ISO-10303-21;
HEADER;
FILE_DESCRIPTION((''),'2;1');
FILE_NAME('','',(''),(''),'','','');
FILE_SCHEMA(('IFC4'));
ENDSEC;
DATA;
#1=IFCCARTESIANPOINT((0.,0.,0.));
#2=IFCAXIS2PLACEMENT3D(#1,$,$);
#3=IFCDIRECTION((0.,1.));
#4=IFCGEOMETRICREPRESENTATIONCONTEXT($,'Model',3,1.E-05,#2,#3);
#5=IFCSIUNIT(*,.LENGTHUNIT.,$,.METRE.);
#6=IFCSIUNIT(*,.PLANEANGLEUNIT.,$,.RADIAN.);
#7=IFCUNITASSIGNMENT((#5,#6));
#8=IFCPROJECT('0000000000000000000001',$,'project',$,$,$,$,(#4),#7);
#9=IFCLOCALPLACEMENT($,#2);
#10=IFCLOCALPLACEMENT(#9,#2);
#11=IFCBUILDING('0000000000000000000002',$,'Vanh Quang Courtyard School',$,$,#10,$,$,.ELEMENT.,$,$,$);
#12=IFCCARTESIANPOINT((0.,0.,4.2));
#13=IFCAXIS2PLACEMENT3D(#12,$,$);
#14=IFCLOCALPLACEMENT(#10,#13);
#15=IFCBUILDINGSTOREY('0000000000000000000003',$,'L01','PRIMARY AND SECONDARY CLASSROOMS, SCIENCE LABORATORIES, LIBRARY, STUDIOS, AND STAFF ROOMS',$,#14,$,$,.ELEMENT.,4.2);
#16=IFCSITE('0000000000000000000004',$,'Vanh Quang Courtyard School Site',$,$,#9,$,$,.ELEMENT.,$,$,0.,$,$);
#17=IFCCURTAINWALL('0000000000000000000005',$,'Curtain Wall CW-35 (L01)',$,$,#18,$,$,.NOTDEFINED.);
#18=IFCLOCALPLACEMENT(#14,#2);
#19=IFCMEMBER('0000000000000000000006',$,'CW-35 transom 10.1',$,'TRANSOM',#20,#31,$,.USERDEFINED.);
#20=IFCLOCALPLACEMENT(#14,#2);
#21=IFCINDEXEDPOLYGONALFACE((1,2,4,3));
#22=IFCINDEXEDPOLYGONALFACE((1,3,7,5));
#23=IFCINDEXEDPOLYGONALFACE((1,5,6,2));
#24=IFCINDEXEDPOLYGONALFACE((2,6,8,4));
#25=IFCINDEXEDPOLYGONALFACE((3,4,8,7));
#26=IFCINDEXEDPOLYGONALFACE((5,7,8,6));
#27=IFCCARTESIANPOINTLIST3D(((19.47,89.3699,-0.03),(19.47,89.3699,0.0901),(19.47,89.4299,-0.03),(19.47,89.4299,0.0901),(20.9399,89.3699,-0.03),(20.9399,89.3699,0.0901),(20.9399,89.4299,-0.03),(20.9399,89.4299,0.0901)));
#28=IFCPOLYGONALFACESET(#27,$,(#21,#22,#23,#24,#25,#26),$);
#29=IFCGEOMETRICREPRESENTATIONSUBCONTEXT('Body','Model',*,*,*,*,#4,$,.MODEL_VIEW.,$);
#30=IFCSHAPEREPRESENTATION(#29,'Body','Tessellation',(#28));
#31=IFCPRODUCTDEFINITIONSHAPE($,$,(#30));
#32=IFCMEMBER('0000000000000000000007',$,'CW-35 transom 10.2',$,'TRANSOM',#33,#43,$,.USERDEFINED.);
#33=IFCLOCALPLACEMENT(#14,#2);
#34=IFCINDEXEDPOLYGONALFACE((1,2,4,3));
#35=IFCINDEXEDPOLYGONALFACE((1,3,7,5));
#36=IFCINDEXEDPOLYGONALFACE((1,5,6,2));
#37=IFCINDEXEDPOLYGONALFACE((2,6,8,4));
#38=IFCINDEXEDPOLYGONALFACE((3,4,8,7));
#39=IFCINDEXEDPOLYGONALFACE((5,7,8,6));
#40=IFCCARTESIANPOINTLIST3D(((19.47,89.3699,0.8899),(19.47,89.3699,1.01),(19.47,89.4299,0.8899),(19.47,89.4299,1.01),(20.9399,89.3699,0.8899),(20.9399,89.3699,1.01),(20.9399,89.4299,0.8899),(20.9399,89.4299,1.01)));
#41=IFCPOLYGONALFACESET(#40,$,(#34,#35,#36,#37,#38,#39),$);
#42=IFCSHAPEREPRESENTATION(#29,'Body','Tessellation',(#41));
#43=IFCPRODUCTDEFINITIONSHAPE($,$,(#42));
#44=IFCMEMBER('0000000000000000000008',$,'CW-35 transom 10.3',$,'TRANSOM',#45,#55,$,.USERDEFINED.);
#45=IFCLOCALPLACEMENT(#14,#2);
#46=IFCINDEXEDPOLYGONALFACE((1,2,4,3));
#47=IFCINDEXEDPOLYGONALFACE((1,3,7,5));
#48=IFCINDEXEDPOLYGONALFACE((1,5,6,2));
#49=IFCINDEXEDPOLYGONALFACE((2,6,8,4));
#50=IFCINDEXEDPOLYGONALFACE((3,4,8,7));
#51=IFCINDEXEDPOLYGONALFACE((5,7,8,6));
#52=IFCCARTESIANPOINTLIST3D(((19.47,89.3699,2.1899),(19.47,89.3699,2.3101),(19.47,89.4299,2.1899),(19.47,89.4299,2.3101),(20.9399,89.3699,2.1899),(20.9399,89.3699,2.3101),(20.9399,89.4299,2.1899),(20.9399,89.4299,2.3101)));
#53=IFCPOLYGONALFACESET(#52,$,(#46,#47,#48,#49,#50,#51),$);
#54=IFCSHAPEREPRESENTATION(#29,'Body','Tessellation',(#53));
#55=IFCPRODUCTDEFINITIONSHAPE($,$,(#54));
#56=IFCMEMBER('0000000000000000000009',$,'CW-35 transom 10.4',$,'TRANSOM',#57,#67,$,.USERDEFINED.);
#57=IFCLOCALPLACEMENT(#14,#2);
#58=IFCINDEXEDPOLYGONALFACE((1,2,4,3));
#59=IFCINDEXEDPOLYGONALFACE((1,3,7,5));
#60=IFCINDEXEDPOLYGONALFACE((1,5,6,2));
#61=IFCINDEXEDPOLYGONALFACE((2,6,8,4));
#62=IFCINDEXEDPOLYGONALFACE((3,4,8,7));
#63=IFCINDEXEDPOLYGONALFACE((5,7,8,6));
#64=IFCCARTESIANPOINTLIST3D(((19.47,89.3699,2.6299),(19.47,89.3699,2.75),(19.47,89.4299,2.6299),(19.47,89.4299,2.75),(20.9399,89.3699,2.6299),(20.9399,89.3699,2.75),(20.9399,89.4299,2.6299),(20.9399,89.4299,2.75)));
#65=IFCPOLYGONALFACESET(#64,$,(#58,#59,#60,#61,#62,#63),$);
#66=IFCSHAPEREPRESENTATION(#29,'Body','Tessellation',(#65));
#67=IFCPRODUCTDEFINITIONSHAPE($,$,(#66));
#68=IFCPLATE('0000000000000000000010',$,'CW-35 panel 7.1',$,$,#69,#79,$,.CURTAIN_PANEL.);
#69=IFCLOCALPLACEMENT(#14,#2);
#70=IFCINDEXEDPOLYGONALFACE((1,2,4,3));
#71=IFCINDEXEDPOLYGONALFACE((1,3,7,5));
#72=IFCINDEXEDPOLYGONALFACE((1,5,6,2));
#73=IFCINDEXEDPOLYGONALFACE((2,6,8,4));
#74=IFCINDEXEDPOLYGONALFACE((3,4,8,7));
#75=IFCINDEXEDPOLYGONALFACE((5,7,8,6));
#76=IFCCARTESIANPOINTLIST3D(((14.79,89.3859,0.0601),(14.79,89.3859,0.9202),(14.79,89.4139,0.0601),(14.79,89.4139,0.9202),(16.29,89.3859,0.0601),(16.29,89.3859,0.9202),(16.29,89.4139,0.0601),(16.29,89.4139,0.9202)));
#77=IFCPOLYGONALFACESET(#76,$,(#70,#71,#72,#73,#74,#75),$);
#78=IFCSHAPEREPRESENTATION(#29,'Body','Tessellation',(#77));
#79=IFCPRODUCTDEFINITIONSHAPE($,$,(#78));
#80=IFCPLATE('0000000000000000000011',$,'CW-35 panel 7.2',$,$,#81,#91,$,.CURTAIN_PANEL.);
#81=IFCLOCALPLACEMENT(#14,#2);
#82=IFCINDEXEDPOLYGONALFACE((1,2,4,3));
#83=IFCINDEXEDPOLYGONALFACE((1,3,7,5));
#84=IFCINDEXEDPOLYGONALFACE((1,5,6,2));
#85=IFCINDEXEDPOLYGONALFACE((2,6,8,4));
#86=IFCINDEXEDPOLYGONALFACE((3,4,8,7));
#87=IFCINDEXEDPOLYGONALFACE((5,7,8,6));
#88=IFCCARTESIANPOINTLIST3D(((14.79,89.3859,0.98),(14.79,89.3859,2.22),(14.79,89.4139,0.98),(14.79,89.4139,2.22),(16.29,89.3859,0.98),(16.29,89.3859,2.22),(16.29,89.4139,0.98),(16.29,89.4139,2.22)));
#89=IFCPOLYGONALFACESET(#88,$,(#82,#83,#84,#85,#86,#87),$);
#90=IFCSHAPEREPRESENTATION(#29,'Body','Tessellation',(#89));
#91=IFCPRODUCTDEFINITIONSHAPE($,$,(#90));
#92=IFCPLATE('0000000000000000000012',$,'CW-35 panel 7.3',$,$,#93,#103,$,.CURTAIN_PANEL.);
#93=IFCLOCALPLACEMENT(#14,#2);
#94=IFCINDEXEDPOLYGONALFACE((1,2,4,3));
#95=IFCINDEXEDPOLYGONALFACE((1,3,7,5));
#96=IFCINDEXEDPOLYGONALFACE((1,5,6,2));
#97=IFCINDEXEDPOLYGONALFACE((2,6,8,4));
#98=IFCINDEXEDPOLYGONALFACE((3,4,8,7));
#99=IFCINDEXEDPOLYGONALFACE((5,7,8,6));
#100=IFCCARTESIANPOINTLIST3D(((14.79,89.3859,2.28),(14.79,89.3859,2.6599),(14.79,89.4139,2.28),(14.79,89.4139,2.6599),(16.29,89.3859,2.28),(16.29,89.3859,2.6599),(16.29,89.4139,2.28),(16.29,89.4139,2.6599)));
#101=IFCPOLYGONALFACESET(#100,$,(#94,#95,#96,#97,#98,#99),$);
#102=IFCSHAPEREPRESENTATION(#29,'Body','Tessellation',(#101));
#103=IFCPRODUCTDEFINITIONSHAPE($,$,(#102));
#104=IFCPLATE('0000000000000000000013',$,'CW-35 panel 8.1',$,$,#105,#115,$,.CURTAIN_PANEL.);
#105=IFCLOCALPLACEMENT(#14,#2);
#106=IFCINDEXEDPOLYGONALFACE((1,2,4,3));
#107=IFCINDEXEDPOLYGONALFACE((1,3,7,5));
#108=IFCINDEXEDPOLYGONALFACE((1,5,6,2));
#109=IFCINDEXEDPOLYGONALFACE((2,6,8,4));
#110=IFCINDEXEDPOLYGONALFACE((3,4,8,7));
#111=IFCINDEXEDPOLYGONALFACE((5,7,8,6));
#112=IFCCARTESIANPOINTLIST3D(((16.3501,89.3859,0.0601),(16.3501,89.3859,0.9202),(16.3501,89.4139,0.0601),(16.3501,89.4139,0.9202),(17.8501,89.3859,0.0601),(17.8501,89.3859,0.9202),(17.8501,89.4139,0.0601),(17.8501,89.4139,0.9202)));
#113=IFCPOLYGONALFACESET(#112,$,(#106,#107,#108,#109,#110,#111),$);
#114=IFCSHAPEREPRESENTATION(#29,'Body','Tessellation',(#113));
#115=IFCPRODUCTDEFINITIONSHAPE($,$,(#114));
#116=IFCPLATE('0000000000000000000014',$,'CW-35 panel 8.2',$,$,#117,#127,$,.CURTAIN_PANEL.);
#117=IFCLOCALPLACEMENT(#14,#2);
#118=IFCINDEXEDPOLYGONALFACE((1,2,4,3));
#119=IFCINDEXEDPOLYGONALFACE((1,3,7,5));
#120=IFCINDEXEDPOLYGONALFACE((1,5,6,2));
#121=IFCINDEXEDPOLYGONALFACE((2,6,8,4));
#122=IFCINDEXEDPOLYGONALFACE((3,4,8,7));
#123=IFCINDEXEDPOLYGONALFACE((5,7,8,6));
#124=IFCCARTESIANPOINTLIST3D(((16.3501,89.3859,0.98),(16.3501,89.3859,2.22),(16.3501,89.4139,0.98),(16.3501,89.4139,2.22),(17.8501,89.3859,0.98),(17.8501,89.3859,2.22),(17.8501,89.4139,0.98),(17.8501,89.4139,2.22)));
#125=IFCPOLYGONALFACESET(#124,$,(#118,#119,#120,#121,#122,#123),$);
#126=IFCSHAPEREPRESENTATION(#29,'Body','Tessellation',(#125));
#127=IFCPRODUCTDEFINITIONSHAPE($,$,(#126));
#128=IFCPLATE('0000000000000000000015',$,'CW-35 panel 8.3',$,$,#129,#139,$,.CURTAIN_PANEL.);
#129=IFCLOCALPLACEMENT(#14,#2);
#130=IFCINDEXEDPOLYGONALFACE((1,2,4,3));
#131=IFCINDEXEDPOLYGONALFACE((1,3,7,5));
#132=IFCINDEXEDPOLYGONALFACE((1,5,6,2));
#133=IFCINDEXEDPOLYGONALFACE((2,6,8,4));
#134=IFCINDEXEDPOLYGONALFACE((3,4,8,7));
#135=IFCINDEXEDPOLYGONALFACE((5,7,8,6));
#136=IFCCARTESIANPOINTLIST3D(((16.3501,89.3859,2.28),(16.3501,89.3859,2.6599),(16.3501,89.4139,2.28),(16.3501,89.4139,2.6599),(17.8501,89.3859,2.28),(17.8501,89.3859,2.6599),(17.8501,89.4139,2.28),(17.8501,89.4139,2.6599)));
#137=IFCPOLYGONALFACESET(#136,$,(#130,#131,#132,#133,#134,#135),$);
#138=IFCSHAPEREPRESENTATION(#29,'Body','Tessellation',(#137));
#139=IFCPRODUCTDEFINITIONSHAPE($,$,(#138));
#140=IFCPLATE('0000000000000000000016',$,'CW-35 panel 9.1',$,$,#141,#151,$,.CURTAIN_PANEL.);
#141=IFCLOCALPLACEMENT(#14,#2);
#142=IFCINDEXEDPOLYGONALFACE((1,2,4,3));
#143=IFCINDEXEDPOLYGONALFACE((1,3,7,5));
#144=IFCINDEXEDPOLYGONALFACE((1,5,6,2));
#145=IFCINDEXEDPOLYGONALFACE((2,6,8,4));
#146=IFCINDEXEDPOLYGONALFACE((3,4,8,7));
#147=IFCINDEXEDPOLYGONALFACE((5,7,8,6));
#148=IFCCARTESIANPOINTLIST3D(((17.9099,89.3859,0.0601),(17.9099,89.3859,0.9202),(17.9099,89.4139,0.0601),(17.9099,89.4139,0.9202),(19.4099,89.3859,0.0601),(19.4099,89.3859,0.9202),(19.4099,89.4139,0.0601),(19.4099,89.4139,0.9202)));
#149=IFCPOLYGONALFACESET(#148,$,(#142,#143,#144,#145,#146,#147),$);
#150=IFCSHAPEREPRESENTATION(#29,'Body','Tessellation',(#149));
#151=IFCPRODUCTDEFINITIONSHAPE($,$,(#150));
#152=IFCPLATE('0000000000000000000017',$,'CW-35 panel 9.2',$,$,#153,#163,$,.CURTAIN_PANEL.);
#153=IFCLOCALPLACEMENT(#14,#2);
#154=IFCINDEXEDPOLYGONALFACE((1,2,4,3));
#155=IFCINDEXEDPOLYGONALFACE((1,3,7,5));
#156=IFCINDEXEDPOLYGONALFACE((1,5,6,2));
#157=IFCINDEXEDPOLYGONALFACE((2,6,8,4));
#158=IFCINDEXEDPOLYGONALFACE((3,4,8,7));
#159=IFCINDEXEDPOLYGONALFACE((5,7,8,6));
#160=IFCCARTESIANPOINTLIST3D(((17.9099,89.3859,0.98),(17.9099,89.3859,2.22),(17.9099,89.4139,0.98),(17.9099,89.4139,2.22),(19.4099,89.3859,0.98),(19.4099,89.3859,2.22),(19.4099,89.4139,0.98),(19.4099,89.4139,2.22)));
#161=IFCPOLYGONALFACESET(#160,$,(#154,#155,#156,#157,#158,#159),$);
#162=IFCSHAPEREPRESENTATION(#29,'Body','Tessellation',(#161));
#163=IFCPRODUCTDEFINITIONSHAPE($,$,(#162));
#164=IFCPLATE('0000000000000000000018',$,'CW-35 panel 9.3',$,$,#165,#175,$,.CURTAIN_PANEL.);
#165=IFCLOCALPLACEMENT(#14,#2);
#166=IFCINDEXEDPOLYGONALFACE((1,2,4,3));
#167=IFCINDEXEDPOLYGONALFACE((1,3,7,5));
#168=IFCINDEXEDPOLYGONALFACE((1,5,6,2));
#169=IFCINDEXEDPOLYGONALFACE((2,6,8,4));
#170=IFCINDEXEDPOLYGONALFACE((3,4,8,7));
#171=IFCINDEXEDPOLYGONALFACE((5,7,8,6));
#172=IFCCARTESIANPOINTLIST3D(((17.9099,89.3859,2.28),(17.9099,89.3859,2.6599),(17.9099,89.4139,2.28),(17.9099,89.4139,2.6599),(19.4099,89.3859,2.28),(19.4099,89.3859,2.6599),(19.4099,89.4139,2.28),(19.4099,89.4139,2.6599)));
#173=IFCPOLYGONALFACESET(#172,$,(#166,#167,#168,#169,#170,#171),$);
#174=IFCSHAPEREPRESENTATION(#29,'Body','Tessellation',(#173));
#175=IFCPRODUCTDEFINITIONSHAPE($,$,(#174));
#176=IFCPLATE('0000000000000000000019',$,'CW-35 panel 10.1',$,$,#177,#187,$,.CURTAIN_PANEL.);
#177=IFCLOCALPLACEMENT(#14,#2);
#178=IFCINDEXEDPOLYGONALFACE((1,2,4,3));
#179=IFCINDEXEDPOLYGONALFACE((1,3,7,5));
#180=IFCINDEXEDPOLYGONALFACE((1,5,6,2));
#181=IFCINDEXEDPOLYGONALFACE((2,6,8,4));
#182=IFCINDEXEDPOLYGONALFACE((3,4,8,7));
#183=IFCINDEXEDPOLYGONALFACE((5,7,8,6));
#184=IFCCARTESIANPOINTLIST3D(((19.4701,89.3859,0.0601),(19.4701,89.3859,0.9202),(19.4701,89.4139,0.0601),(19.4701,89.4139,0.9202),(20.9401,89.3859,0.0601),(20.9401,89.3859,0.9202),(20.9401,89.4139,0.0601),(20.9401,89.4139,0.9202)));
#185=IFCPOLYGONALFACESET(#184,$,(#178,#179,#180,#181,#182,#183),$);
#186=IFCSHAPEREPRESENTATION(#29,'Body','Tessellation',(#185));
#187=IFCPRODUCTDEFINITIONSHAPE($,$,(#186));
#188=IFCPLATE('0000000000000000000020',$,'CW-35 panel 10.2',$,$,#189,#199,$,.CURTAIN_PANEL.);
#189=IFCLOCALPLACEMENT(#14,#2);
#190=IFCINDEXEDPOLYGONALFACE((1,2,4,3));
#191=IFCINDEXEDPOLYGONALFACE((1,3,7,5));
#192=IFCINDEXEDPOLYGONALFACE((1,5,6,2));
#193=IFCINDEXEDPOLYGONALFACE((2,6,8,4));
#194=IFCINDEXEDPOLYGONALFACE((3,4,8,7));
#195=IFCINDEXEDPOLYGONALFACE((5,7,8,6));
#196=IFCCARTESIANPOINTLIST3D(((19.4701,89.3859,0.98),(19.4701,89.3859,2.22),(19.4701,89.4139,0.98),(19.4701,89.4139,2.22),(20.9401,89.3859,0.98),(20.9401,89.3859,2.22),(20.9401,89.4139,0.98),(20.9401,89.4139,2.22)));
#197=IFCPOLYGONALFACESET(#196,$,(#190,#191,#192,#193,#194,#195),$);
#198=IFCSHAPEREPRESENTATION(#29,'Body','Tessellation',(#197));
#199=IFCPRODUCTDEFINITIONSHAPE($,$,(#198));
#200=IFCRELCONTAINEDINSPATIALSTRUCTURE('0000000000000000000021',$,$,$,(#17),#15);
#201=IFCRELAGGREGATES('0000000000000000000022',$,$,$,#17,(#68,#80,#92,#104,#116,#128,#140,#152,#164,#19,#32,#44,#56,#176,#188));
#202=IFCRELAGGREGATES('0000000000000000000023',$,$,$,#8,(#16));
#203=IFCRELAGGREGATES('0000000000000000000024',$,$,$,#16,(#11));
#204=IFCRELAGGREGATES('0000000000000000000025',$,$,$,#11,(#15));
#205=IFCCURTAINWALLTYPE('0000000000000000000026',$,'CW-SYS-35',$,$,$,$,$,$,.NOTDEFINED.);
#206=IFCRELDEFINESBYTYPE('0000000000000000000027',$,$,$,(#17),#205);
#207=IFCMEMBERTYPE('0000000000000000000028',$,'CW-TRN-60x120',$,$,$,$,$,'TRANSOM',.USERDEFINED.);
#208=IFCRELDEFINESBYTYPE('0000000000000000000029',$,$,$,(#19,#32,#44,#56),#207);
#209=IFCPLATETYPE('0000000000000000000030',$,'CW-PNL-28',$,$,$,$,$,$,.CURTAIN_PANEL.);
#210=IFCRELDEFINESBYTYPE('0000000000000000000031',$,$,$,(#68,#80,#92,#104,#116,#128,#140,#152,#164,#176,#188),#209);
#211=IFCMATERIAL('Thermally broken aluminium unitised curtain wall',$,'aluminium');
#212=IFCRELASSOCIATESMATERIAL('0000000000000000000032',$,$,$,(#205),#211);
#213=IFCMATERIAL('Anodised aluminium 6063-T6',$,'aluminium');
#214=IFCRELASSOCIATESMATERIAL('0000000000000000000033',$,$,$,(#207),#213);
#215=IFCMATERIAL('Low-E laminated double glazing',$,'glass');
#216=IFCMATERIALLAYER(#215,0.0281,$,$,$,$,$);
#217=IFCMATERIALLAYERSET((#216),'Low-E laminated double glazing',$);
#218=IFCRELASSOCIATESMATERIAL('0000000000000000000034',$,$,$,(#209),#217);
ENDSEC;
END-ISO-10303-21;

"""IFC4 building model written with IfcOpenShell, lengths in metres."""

from ifc_helpers import new_model, si_unit, direction, frame, origin, origin_2d, place, context, subcontext, project, spatial, rectangle, extrude, material, layer, layer_set, material_profile, profile_set, type_object, element, aggregate, save


model = new_model("IFC4")

# Units and contexts
model_context = context("Model", 3, precision=1e-05, world=origin(), true_north=direction((0.0, 1.0)))
body_context = subcontext(model_context, "Body", "Model", "MODEL_VIEW")
ifc_project = project(units=[si_unit("LENGTHUNIT", "METRE"), si_unit("PLANEANGLEUNIT", "RADIAN")], contexts=[model_context])

# Site, building, storey
site_placement = place(None, origin())
site = spatial("IfcSite", under=ifc_project, at=site_placement, Name="Vanh Quang Courtyard School Site", CompositionType="ELEMENT", RefElevation=0.0)
building_placement = place(site_placement, origin())
building = spatial("IfcBuilding", under=site, at=building_placement, Name="Vanh Quang Courtyard School", CompositionType="ELEMENT")
storey_placement = place(building_placement, frame((0.0, 0.0, 4.2)))
storey = spatial("IfcBuildingStorey", under=building, at=storey_placement, Name="L01", Description="PRIMARY AND SECONDARY CLASSROOMS, SCIENCE LABORATORIES, LIBRARY, STUDIOS, AND STAFF ROOMS", CompositionType="ELEMENT", Elevation=4.2)

# Curtain wall, members, plates
ifc_material_1 = material(Name="Thermally broken aluminium unitised curtain wall", Category="aluminium")
curtain_wall_type = type_object("IfcCurtainWallType", Name="CW-SYS-35", PredefinedType="NOTDEFINED", material=ifc_material_1)
curtain_wall_placement = place(storey_placement, origin())
curtain_wall = element("IfcCurtainWall", 1, at=curtain_wall_placement, inside=storey, type_object=curtain_wall_type, Name="Curtain Wall CW-35 (L01)", PredefinedType="NOTDEFINED")
ifc_material_2 = material(Name="Anodised aluminium 6063-T6", Category="aluminium")
ifc_material_profile_1 = material_profile(ifc_material_2, rectangle(XDim=0.0601, YDim=0.1201, at=origin_2d()), Name="ALU-TRN 60x120")
ifc_profile_set_1 = profile_set([ifc_material_profile_1], Name="Anodised aluminium 6063-T6")
member_type_1 = type_object("IfcMemberType", Name="CW-TRN-60x120", ElementType="TRANSOM", PredefinedType="USERDEFINED", material=ifc_profile_set_1)
member_1_placement = place(storey_placement, frame((19.47, 89.3999, 0.03), z_axis=(1.0, 0.0, 0.0), x_axis=(0.0, 1.0, 0.0)))
member_1 = element("IfcMember", 2, at=member_1_placement, type_object=member_type_1, Name="CW-35 transom 10.1", ObjectType="TRANSOM", PredefinedType="USERDEFINED", context=body_context, shape_type="SweptSolid", body=[
    extrude(rectangle(XDim=0.0601, YDim=0.1201, at=origin_2d()), origin(), (0.0, 0.0, 1.0), 1.47),
])
member_2_placement = place(storey_placement, frame((19.47, 89.3999, 0.95), z_axis=(1.0, 0.0, 0.0), x_axis=(0.0, 1.0, 0.0)))
member_2 = element("IfcMember", 3, at=member_2_placement, type_object=member_type_1, Name="CW-35 transom 10.2", ObjectType="TRANSOM", PredefinedType="USERDEFINED", context=body_context, shape_type="SweptSolid", body=[
    extrude(rectangle(XDim=0.0601, YDim=0.1201, at=origin_2d()), origin(), (0.0, 0.0, 1.0), 1.47),
])
member_3_placement = place(storey_placement, frame((19.47, 89.3999, 2.25), z_axis=(1.0, 0.0, 0.0), x_axis=(0.0, 1.0, 0.0)))
member_3 = element("IfcMember", 4, at=member_3_placement, type_object=member_type_1, Name="CW-35 transom 10.3", ObjectType="TRANSOM", PredefinedType="USERDEFINED", context=body_context, shape_type="SweptSolid", body=[
    extrude(rectangle(XDim=0.0601, YDim=0.1201, at=origin_2d()), origin(), (0.0, 0.0, 1.0), 1.47),
])
member_4_placement = place(storey_placement, frame((19.47, 89.3999, 2.6899), z_axis=(1.0, 0.0, 0.0), x_axis=(0.0, 1.0, 0.0)))
member_4 = element("IfcMember", 5, at=member_4_placement, type_object=member_type_1, Name="CW-35 transom 10.4", ObjectType="TRANSOM", PredefinedType="USERDEFINED", context=body_context, shape_type="SweptSolid", body=[
    extrude(rectangle(XDim=0.0601, YDim=0.1201, at=origin_2d()), origin(), (0.0, 0.0, 1.0), 1.47),
])
ifc_material_3 = material(Name="Low-E laminated double glazing", Category="glass")
ifc_layer = layer(ifc_material_3, 0.0281)
ifc_layer_set = layer_set([ifc_layer], Name="Low-E laminated double glazing")
plate_type = type_object("IfcPlateType", Name="CW-PNL-28", PredefinedType="CURTAIN_PANEL", material=ifc_layer_set)
plate_1_placement = place(storey_placement, frame((15.54, 89.3999, 0.0601), z_axis=(0.0, 0.0, 1.0), x_axis=(1.0, 0.0, 0.0)))
plate_1 = element("IfcPlate", 6, at=plate_1_placement, type_object=plate_type, Name="CW-35 panel 7.1", PredefinedType="CURTAIN_PANEL", context=body_context, shape_type="SweptSolid", body=[
    extrude(rectangle(XDim=1.5, YDim=0.0281, at=origin_2d()), origin(), (0.0, 0.0, 1.0), 0.8601),
])
plate_2_placement = place(storey_placement, frame((15.54, 89.3999, 0.98), z_axis=(0.0, 0.0, 1.0), x_axis=(1.0, 0.0, 0.0)))
plate_2 = element("IfcPlate", 7, at=plate_2_placement, type_object=plate_type, Name="CW-35 panel 7.2", PredefinedType="CURTAIN_PANEL", context=body_context, shape_type="SweptSolid", body=[
    extrude(rectangle(XDim=1.5, YDim=0.0281, at=origin_2d()), origin(), (0.0, 0.0, 1.0), 1.24),
])
plate_3_placement = place(storey_placement, frame((15.54, 89.3999, 2.28), z_axis=(0.0, 0.0, 1.0), x_axis=(1.0, 0.0, 0.0)))
plate_3 = element("IfcPlate", 8, at=plate_3_placement, type_object=plate_type, Name="CW-35 panel 7.3", PredefinedType="CURTAIN_PANEL", context=body_context, shape_type="SweptSolid", body=[
    extrude(rectangle(XDim=1.5, YDim=0.0281, at=origin_2d()), origin(), (0.0, 0.0, 1.0), 0.3799),
])
plate_4_placement = place(storey_placement, frame((17.1001, 89.3999, 0.0601), z_axis=(0.0, 0.0, 1.0), x_axis=(1.0, 0.0, 0.0)))
plate_4 = element("IfcPlate", 9, at=plate_4_placement, type_object=plate_type, Name="CW-35 panel 8.1", PredefinedType="CURTAIN_PANEL", context=body_context, shape_type="SweptSolid", body=[
    extrude(rectangle(XDim=1.5, YDim=0.0281, at=origin_2d()), origin(), (0.0, 0.0, 1.0), 0.8601),
])
plate_5_placement = place(storey_placement, frame((17.1001, 89.3999, 0.98), z_axis=(0.0, 0.0, 1.0), x_axis=(1.0, 0.0, 0.0)))
plate_5 = element("IfcPlate", 10, at=plate_5_placement, type_object=plate_type, Name="CW-35 panel 8.2", PredefinedType="CURTAIN_PANEL", context=body_context, shape_type="SweptSolid", body=[
    extrude(rectangle(XDim=1.5, YDim=0.0281, at=origin_2d()), origin(), (0.0, 0.0, 1.0), 1.24),
])
plate_6_placement = place(storey_placement, frame((17.1001, 89.3999, 2.28), z_axis=(0.0, 0.0, 1.0), x_axis=(1.0, 0.0, 0.0)))
plate_6 = element("IfcPlate", 11, at=plate_6_placement, type_object=plate_type, Name="CW-35 panel 8.3", PredefinedType="CURTAIN_PANEL", context=body_context, shape_type="SweptSolid", body=[
    extrude(rectangle(XDim=1.5, YDim=0.0281, at=origin_2d()), origin(), (0.0, 0.0, 1.0), 0.3799),
])
plate_7_placement = place(storey_placement, frame((18.6599, 89.3999, 0.0601), z_axis=(0.0, 0.0, 1.0), x_axis=(1.0, 0.0, 0.0)))
plate_7 = element("IfcPlate", 12, at=plate_7_placement, type_object=plate_type, Name="CW-35 panel 9.1", PredefinedType="CURTAIN_PANEL", context=body_context, shape_type="SweptSolid", body=[
    extrude(rectangle(XDim=1.5, YDim=0.0281, at=origin_2d()), origin(), (0.0, 0.0, 1.0), 0.8601),
])
plate_8_placement = place(storey_placement, frame((18.6599, 89.3999, 0.98), z_axis=(0.0, 0.0, 1.0), x_axis=(1.0, 0.0, 0.0)))
plate_8 = element("IfcPlate", 13, at=plate_8_placement, type_object=plate_type, Name="CW-35 panel 9.2", PredefinedType="CURTAIN_PANEL", context=body_context, shape_type="SweptSolid", body=[
    extrude(rectangle(XDim=1.5, YDim=0.0281, at=origin_2d()), origin(), (0.0, 0.0, 1.0), 1.24),
])
plate_9_placement = place(storey_placement, frame((18.6599, 89.3999, 2.28), z_axis=(0.0, 0.0, 1.0), x_axis=(1.0, 0.0, 0.0)))
plate_9 = element("IfcPlate", 14, at=plate_9_placement, type_object=plate_type, Name="CW-35 panel 9.3", PredefinedType="CURTAIN_PANEL", context=body_context, shape_type="SweptSolid", body=[
    extrude(rectangle(XDim=1.5, YDim=0.0281, at=origin_2d()), origin(), (0.0, 0.0, 1.0), 0.3799),
])
plate_10_placement = place(storey_placement, frame((20.2051, 89.3999, 0.0601), z_axis=(0.0, 0.0, 1.0), x_axis=(1.0, 0.0, 0.0)))
plate_10 = element("IfcPlate", 15, at=plate_10_placement, type_object=plate_type, Name="CW-35 panel 10.1", PredefinedType="CURTAIN_PANEL", context=body_context, shape_type="SweptSolid", body=[
    extrude(rectangle(XDim=1.47, YDim=0.0281, at=origin_2d()), origin(), (0.0, 0.0, 1.0), 0.8601),
])
plate_11_placement = place(storey_placement, frame((20.2051, 89.3999, 0.98), z_axis=(0.0, 0.0, 1.0), x_axis=(1.0, 0.0, 0.0)))
plate_11 = element("IfcPlate", 16, at=plate_11_placement, type_object=plate_type, Name="CW-35 panel 10.2", PredefinedType="CURTAIN_PANEL", context=body_context, shape_type="SweptSolid", body=[
    extrude(rectangle(XDim=1.47, YDim=0.0281, at=origin_2d()), origin(), (0.0, 0.0, 1.0), 1.24),
])
aggregate(curtain_wall, [plate_1, plate_2, plate_3, plate_4, plate_5, plate_6, plate_7, plate_8, plate_9, member_1, member_2, member_3, member_4, plate_10, plate_11])

save(model, "model.ifc")
